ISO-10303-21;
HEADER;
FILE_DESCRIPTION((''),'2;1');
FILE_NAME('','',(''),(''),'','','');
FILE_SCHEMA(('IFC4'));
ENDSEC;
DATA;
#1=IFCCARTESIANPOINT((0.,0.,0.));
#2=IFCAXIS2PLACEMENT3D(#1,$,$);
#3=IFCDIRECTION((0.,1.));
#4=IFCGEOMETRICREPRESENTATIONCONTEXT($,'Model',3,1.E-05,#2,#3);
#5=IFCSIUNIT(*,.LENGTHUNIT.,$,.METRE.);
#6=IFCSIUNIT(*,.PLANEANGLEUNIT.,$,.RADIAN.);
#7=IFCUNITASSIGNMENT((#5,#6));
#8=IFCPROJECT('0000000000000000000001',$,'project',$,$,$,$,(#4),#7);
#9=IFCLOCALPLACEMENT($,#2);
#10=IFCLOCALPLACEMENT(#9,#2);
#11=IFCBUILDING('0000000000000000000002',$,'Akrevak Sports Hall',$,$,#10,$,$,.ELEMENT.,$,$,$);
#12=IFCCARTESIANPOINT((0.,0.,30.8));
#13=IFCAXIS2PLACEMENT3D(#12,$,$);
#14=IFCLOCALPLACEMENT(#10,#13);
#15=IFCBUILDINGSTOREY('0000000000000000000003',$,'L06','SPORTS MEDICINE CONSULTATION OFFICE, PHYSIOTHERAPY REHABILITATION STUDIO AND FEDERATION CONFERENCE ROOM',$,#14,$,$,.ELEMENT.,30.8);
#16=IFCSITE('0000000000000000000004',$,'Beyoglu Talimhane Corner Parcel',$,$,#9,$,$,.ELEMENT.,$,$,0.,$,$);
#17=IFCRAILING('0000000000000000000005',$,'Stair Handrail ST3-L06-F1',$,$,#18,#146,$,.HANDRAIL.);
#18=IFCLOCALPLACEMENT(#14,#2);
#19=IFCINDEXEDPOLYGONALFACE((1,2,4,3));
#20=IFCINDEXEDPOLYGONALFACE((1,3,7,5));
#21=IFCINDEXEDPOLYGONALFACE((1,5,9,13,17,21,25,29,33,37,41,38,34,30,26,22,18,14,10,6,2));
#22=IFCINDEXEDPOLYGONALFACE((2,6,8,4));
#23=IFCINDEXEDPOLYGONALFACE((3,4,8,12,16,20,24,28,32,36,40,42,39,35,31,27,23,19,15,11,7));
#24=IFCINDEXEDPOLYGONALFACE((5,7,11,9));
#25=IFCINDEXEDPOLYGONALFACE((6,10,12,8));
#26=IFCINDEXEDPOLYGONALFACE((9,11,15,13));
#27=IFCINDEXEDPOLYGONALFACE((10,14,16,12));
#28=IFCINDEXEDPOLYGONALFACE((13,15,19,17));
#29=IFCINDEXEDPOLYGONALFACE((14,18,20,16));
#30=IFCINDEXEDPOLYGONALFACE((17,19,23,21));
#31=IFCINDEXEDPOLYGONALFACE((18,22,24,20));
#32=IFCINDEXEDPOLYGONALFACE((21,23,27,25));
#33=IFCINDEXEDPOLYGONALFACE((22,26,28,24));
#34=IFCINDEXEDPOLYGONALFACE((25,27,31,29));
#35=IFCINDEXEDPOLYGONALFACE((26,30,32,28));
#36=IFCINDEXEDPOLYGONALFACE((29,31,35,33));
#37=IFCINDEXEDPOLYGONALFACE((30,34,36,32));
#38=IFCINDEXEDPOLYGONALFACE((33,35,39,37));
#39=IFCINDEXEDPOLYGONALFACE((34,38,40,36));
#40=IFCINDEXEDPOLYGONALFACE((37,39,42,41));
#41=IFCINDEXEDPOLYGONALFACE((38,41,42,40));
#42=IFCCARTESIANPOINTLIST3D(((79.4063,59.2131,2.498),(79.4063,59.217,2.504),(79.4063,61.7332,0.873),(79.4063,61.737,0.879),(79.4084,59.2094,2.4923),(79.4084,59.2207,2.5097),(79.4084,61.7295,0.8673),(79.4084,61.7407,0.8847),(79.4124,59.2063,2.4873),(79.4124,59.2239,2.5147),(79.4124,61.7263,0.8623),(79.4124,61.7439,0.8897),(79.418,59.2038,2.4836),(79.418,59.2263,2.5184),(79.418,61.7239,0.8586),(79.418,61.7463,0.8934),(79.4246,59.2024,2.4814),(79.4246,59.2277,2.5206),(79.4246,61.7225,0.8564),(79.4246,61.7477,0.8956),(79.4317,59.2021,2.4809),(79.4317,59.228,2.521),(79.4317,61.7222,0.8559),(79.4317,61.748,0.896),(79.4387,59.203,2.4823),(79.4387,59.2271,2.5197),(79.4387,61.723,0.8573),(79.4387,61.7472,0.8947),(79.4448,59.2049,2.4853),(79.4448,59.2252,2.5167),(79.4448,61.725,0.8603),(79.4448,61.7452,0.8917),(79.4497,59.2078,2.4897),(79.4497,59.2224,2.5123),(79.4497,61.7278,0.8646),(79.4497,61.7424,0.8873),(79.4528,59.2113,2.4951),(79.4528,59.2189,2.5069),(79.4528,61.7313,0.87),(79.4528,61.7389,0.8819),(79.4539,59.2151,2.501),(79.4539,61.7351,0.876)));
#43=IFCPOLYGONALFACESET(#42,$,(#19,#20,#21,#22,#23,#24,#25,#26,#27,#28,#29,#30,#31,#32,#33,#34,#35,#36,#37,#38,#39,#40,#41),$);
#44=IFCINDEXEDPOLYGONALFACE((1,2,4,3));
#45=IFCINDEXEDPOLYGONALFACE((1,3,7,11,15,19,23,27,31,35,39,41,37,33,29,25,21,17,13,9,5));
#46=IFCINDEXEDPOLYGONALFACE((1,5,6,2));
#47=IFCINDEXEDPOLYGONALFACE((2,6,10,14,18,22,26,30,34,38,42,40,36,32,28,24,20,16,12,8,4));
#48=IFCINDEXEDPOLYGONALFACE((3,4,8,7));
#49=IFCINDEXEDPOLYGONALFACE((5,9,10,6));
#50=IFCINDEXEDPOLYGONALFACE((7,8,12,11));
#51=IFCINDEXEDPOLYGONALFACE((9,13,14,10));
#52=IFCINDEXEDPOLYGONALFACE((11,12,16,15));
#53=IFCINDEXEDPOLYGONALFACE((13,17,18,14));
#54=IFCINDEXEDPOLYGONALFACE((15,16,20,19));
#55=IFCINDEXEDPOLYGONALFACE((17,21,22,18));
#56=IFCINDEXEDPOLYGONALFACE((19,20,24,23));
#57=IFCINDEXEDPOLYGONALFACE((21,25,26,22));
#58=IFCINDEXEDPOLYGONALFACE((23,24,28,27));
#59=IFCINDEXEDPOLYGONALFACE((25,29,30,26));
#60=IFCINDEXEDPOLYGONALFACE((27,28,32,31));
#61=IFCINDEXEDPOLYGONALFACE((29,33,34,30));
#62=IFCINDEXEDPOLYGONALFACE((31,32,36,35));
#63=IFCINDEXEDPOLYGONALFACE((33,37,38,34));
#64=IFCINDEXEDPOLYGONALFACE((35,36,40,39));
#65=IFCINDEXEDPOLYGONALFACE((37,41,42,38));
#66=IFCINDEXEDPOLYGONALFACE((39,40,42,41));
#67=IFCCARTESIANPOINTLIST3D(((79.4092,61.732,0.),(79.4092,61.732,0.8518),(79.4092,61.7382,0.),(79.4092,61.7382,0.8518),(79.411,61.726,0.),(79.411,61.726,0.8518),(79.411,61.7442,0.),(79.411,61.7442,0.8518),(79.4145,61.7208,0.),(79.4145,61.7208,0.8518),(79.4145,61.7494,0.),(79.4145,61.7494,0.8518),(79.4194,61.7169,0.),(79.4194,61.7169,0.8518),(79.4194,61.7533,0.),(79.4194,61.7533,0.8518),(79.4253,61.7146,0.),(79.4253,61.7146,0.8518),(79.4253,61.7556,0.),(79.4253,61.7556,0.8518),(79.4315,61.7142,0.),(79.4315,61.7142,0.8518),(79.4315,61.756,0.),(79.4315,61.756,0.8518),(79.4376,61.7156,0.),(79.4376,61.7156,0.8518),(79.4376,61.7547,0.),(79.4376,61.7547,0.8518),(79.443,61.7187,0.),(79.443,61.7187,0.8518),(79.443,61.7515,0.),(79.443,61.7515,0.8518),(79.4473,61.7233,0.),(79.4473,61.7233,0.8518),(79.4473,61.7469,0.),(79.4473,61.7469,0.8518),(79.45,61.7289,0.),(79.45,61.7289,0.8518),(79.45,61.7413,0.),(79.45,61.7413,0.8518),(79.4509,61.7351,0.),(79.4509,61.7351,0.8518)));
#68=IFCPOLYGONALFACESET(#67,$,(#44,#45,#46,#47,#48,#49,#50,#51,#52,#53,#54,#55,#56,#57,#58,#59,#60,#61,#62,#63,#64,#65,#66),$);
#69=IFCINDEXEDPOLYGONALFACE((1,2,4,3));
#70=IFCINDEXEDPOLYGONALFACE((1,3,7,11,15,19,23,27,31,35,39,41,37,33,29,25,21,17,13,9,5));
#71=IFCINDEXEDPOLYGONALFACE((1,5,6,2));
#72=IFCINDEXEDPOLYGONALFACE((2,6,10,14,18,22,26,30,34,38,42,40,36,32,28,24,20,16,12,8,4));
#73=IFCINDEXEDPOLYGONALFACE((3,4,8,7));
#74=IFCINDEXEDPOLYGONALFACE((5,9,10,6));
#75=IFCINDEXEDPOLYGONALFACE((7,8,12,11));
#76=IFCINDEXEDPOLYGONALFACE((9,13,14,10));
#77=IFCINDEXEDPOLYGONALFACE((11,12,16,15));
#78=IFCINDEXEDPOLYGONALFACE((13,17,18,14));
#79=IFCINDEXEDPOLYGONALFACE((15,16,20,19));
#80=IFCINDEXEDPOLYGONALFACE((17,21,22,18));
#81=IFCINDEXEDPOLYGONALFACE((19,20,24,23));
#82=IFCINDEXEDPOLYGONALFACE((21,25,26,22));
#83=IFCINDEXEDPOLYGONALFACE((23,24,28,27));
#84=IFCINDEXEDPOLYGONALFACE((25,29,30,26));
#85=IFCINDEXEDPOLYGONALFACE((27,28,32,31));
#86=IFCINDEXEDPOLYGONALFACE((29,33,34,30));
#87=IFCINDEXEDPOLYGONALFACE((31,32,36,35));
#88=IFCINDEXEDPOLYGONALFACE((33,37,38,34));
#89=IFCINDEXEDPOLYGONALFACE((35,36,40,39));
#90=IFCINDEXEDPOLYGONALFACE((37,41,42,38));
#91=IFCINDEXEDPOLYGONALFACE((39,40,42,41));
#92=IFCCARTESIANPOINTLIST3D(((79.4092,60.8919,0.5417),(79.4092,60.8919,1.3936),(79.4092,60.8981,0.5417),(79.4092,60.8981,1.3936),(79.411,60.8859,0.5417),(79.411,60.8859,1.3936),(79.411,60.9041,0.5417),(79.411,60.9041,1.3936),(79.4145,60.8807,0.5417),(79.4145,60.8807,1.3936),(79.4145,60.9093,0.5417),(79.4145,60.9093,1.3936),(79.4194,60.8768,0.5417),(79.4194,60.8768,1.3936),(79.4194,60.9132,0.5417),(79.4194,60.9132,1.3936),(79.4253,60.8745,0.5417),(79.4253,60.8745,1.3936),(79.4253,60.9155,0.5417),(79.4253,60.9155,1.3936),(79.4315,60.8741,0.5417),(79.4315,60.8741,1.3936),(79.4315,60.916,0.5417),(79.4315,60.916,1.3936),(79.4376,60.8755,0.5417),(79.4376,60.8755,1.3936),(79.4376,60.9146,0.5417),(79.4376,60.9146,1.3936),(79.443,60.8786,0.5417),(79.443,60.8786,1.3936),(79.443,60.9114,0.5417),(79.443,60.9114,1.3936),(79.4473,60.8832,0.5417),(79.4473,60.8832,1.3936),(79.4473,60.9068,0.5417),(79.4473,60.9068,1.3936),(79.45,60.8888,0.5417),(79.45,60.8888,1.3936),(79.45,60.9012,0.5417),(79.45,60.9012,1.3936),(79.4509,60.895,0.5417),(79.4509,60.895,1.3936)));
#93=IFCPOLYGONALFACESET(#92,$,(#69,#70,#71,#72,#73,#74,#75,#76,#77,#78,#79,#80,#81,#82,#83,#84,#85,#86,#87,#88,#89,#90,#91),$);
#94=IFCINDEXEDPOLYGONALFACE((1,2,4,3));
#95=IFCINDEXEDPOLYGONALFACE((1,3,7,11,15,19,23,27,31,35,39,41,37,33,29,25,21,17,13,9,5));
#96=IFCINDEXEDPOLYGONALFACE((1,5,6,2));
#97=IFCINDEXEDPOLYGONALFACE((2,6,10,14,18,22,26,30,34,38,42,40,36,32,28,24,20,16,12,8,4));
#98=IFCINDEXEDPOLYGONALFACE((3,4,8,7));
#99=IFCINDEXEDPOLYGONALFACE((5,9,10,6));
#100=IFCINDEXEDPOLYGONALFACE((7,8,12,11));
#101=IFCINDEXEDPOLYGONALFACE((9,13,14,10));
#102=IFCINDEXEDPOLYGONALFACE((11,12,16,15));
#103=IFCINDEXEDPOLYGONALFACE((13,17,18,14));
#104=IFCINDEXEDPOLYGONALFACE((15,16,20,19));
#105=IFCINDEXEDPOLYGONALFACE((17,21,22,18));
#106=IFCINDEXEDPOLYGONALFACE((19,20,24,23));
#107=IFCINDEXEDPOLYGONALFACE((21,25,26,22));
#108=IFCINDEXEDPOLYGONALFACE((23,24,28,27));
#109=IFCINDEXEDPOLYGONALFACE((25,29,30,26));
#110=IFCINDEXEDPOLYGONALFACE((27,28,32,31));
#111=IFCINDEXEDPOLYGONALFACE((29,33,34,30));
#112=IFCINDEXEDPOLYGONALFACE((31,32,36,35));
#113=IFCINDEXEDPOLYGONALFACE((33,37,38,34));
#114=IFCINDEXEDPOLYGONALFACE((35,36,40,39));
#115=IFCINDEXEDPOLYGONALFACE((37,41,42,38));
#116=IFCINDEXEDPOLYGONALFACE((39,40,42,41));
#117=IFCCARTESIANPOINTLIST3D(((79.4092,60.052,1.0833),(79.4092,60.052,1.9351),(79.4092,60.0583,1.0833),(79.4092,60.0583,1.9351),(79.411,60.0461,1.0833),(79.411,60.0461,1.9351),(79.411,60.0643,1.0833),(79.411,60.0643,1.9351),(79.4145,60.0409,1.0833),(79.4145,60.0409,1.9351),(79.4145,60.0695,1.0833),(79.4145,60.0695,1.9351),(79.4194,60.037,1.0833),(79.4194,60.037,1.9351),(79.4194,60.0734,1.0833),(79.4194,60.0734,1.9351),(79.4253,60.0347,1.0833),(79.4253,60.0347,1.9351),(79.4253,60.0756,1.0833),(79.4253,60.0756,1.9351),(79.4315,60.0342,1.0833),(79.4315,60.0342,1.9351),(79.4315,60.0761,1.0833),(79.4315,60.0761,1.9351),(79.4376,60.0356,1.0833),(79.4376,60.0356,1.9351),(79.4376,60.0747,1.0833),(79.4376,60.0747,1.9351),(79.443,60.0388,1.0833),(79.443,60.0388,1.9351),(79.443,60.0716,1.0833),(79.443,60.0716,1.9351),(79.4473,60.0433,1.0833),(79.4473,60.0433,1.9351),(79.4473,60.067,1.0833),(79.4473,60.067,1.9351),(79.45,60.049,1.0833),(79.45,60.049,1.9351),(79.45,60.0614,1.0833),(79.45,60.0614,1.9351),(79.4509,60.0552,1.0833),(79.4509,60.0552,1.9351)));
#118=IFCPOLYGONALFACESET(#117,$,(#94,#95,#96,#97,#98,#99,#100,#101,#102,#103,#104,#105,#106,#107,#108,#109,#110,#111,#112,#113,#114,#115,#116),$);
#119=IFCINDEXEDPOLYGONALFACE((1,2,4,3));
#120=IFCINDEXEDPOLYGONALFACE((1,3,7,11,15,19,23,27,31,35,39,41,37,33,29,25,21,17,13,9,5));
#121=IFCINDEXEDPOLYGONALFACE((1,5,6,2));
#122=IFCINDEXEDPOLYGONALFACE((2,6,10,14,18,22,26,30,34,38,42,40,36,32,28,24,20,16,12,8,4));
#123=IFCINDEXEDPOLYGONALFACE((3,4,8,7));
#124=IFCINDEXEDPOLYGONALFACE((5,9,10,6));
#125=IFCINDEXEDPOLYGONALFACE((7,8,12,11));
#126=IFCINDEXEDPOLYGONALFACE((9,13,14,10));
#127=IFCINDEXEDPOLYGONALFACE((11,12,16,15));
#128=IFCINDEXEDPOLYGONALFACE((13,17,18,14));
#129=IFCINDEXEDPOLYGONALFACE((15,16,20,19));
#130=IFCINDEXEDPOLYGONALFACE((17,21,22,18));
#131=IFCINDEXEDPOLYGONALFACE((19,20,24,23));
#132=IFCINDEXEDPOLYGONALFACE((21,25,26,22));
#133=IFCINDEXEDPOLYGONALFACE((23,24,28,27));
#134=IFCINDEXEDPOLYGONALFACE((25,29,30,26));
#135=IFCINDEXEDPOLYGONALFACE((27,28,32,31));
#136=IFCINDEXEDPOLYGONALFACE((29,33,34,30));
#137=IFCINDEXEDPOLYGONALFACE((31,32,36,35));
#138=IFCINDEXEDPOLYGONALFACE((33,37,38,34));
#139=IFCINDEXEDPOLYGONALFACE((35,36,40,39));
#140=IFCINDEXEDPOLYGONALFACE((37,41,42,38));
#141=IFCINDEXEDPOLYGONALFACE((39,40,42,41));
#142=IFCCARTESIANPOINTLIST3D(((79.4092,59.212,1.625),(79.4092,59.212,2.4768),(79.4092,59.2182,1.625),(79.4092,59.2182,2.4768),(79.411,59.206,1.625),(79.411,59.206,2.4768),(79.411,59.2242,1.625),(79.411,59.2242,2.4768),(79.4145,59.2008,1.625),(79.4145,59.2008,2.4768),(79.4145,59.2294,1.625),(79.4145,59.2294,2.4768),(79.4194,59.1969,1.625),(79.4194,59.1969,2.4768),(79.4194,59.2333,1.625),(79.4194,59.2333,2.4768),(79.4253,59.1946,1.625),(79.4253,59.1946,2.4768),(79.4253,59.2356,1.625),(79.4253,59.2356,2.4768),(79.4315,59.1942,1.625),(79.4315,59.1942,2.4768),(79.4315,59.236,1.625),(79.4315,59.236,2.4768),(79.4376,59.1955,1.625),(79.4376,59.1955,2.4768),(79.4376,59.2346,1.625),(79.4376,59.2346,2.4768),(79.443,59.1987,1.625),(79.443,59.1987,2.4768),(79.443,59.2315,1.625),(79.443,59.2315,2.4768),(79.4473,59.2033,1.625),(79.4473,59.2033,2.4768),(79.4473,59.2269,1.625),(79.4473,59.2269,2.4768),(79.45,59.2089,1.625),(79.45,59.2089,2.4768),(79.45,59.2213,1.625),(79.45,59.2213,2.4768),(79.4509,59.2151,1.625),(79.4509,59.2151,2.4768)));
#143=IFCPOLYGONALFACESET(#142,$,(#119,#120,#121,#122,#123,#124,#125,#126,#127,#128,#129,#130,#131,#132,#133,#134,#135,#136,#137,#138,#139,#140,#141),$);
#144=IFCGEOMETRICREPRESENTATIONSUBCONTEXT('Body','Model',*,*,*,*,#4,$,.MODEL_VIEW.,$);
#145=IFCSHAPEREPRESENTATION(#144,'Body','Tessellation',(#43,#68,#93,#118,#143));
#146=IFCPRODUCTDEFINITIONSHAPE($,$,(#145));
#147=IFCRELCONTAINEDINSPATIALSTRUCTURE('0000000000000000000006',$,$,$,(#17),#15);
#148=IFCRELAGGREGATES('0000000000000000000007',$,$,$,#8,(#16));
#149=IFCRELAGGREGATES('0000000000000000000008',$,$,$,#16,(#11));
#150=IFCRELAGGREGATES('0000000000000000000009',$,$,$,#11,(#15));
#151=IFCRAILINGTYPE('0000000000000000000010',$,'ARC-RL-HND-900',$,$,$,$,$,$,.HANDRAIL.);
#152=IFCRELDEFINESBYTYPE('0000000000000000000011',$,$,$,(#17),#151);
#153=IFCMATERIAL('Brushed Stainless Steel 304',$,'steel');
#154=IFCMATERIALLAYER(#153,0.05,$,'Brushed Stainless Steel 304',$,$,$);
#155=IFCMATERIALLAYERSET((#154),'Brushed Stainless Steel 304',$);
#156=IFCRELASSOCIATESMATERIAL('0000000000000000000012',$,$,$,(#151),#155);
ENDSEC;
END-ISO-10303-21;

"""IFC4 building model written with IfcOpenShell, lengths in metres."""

from ifc_helpers import new_model, si_unit, direction, frame, origin, origin_2d, place, context, subcontext, project, spatial, circle, extrude, material, layer, layer_set, type_object, element, save


model = new_model("IFC4")

# Units and contexts
model_context = context("Model", 3, precision=1e-05, world=origin(), true_north=direction((0.0, 1.0)))
body_context = subcontext(model_context, "Body", "Model", "MODEL_VIEW")
ifc_project = project(units=[si_unit("LENGTHUNIT", "METRE"), si_unit("PLANEANGLEUNIT", "RADIAN")], contexts=[model_context])

# Site, building, storey
site_placement = place(None, origin())
site = spatial("IfcSite", under=ifc_project, at=site_placement, Name="Beyoglu Talimhane Corner Parcel", CompositionType="ELEMENT", RefElevation=0.0)
building_placement = place(site_placement, origin())
building = spatial("IfcBuilding", under=site, at=building_placement, Name="Akrevak Sports Hall", CompositionType="ELEMENT")
storey_placement = place(building_placement, frame((0.0, 0.0, 30.8)))
storey = spatial("IfcBuildingStorey", under=building, at=storey_placement, Name="L06", Description="SPORTS MEDICINE CONSULTATION OFFICE, PHYSIOTHERAPY REHABILITATION STUDIO AND FEDERATION CONFERENCE ROOM", CompositionType="ELEMENT", Elevation=30.8)

# Railing
ifc_material_1 = material(Name="Brushed Stainless Steel 304", Category="steel")
ifc_layer_1 = layer(ifc_material_1, 0.05, Name="Brushed Stainless Steel 304")
ifc_layer_set_1 = layer_set([ifc_layer_1], Name="Brushed Stainless Steel 304")
railing_type_1 = type_object("IfcRailingType", Name="ARC-RL-HND-900", PredefinedType="HANDRAIL", material=ifc_layer_set_1)
railing_1_placement = place(storey_placement, frame((79.4299, 61.7351, 0.0)))
element("IfcRailing", 1, at=railing_1_placement, inside=storey, type_object=railing_type_1, Name="Stair Handrail ST3-L06-F1", PredefinedType="HANDRAIL", context=body_context, shape_type="SweptSolid", body=[
    extrude(circle(Radius=0.0239, at=origin_2d()), frame((0.0, 0.0, 0.876), z_axis=(0.0, -0.840421, 0.541934), x_axis=(1.0, 0.0, 0.0)), (0.0, 0.0, 1.0), 2.9985),
    extrude(circle(Radius=0.021, at=origin_2d()), origin(), (0.0, 0.0, 1.0), 0.8518),
    extrude(circle(Radius=0.021, at=origin_2d()), frame((0.0, -0.8401, 0.5417)), (0.0, 0.0, 1.0), 0.8518),
    extrude(circle(Radius=0.021, at=origin_2d()), frame((0.0, -1.6799, 1.0833)), (0.0, 0.0, 1.0), 0.8518),
    extrude(circle(Radius=0.021, at=origin_2d()), frame((0.0, -2.52, 1.625)), (0.0, 0.0, 1.0), 0.8518),
])

save(model, "model.ifc")
